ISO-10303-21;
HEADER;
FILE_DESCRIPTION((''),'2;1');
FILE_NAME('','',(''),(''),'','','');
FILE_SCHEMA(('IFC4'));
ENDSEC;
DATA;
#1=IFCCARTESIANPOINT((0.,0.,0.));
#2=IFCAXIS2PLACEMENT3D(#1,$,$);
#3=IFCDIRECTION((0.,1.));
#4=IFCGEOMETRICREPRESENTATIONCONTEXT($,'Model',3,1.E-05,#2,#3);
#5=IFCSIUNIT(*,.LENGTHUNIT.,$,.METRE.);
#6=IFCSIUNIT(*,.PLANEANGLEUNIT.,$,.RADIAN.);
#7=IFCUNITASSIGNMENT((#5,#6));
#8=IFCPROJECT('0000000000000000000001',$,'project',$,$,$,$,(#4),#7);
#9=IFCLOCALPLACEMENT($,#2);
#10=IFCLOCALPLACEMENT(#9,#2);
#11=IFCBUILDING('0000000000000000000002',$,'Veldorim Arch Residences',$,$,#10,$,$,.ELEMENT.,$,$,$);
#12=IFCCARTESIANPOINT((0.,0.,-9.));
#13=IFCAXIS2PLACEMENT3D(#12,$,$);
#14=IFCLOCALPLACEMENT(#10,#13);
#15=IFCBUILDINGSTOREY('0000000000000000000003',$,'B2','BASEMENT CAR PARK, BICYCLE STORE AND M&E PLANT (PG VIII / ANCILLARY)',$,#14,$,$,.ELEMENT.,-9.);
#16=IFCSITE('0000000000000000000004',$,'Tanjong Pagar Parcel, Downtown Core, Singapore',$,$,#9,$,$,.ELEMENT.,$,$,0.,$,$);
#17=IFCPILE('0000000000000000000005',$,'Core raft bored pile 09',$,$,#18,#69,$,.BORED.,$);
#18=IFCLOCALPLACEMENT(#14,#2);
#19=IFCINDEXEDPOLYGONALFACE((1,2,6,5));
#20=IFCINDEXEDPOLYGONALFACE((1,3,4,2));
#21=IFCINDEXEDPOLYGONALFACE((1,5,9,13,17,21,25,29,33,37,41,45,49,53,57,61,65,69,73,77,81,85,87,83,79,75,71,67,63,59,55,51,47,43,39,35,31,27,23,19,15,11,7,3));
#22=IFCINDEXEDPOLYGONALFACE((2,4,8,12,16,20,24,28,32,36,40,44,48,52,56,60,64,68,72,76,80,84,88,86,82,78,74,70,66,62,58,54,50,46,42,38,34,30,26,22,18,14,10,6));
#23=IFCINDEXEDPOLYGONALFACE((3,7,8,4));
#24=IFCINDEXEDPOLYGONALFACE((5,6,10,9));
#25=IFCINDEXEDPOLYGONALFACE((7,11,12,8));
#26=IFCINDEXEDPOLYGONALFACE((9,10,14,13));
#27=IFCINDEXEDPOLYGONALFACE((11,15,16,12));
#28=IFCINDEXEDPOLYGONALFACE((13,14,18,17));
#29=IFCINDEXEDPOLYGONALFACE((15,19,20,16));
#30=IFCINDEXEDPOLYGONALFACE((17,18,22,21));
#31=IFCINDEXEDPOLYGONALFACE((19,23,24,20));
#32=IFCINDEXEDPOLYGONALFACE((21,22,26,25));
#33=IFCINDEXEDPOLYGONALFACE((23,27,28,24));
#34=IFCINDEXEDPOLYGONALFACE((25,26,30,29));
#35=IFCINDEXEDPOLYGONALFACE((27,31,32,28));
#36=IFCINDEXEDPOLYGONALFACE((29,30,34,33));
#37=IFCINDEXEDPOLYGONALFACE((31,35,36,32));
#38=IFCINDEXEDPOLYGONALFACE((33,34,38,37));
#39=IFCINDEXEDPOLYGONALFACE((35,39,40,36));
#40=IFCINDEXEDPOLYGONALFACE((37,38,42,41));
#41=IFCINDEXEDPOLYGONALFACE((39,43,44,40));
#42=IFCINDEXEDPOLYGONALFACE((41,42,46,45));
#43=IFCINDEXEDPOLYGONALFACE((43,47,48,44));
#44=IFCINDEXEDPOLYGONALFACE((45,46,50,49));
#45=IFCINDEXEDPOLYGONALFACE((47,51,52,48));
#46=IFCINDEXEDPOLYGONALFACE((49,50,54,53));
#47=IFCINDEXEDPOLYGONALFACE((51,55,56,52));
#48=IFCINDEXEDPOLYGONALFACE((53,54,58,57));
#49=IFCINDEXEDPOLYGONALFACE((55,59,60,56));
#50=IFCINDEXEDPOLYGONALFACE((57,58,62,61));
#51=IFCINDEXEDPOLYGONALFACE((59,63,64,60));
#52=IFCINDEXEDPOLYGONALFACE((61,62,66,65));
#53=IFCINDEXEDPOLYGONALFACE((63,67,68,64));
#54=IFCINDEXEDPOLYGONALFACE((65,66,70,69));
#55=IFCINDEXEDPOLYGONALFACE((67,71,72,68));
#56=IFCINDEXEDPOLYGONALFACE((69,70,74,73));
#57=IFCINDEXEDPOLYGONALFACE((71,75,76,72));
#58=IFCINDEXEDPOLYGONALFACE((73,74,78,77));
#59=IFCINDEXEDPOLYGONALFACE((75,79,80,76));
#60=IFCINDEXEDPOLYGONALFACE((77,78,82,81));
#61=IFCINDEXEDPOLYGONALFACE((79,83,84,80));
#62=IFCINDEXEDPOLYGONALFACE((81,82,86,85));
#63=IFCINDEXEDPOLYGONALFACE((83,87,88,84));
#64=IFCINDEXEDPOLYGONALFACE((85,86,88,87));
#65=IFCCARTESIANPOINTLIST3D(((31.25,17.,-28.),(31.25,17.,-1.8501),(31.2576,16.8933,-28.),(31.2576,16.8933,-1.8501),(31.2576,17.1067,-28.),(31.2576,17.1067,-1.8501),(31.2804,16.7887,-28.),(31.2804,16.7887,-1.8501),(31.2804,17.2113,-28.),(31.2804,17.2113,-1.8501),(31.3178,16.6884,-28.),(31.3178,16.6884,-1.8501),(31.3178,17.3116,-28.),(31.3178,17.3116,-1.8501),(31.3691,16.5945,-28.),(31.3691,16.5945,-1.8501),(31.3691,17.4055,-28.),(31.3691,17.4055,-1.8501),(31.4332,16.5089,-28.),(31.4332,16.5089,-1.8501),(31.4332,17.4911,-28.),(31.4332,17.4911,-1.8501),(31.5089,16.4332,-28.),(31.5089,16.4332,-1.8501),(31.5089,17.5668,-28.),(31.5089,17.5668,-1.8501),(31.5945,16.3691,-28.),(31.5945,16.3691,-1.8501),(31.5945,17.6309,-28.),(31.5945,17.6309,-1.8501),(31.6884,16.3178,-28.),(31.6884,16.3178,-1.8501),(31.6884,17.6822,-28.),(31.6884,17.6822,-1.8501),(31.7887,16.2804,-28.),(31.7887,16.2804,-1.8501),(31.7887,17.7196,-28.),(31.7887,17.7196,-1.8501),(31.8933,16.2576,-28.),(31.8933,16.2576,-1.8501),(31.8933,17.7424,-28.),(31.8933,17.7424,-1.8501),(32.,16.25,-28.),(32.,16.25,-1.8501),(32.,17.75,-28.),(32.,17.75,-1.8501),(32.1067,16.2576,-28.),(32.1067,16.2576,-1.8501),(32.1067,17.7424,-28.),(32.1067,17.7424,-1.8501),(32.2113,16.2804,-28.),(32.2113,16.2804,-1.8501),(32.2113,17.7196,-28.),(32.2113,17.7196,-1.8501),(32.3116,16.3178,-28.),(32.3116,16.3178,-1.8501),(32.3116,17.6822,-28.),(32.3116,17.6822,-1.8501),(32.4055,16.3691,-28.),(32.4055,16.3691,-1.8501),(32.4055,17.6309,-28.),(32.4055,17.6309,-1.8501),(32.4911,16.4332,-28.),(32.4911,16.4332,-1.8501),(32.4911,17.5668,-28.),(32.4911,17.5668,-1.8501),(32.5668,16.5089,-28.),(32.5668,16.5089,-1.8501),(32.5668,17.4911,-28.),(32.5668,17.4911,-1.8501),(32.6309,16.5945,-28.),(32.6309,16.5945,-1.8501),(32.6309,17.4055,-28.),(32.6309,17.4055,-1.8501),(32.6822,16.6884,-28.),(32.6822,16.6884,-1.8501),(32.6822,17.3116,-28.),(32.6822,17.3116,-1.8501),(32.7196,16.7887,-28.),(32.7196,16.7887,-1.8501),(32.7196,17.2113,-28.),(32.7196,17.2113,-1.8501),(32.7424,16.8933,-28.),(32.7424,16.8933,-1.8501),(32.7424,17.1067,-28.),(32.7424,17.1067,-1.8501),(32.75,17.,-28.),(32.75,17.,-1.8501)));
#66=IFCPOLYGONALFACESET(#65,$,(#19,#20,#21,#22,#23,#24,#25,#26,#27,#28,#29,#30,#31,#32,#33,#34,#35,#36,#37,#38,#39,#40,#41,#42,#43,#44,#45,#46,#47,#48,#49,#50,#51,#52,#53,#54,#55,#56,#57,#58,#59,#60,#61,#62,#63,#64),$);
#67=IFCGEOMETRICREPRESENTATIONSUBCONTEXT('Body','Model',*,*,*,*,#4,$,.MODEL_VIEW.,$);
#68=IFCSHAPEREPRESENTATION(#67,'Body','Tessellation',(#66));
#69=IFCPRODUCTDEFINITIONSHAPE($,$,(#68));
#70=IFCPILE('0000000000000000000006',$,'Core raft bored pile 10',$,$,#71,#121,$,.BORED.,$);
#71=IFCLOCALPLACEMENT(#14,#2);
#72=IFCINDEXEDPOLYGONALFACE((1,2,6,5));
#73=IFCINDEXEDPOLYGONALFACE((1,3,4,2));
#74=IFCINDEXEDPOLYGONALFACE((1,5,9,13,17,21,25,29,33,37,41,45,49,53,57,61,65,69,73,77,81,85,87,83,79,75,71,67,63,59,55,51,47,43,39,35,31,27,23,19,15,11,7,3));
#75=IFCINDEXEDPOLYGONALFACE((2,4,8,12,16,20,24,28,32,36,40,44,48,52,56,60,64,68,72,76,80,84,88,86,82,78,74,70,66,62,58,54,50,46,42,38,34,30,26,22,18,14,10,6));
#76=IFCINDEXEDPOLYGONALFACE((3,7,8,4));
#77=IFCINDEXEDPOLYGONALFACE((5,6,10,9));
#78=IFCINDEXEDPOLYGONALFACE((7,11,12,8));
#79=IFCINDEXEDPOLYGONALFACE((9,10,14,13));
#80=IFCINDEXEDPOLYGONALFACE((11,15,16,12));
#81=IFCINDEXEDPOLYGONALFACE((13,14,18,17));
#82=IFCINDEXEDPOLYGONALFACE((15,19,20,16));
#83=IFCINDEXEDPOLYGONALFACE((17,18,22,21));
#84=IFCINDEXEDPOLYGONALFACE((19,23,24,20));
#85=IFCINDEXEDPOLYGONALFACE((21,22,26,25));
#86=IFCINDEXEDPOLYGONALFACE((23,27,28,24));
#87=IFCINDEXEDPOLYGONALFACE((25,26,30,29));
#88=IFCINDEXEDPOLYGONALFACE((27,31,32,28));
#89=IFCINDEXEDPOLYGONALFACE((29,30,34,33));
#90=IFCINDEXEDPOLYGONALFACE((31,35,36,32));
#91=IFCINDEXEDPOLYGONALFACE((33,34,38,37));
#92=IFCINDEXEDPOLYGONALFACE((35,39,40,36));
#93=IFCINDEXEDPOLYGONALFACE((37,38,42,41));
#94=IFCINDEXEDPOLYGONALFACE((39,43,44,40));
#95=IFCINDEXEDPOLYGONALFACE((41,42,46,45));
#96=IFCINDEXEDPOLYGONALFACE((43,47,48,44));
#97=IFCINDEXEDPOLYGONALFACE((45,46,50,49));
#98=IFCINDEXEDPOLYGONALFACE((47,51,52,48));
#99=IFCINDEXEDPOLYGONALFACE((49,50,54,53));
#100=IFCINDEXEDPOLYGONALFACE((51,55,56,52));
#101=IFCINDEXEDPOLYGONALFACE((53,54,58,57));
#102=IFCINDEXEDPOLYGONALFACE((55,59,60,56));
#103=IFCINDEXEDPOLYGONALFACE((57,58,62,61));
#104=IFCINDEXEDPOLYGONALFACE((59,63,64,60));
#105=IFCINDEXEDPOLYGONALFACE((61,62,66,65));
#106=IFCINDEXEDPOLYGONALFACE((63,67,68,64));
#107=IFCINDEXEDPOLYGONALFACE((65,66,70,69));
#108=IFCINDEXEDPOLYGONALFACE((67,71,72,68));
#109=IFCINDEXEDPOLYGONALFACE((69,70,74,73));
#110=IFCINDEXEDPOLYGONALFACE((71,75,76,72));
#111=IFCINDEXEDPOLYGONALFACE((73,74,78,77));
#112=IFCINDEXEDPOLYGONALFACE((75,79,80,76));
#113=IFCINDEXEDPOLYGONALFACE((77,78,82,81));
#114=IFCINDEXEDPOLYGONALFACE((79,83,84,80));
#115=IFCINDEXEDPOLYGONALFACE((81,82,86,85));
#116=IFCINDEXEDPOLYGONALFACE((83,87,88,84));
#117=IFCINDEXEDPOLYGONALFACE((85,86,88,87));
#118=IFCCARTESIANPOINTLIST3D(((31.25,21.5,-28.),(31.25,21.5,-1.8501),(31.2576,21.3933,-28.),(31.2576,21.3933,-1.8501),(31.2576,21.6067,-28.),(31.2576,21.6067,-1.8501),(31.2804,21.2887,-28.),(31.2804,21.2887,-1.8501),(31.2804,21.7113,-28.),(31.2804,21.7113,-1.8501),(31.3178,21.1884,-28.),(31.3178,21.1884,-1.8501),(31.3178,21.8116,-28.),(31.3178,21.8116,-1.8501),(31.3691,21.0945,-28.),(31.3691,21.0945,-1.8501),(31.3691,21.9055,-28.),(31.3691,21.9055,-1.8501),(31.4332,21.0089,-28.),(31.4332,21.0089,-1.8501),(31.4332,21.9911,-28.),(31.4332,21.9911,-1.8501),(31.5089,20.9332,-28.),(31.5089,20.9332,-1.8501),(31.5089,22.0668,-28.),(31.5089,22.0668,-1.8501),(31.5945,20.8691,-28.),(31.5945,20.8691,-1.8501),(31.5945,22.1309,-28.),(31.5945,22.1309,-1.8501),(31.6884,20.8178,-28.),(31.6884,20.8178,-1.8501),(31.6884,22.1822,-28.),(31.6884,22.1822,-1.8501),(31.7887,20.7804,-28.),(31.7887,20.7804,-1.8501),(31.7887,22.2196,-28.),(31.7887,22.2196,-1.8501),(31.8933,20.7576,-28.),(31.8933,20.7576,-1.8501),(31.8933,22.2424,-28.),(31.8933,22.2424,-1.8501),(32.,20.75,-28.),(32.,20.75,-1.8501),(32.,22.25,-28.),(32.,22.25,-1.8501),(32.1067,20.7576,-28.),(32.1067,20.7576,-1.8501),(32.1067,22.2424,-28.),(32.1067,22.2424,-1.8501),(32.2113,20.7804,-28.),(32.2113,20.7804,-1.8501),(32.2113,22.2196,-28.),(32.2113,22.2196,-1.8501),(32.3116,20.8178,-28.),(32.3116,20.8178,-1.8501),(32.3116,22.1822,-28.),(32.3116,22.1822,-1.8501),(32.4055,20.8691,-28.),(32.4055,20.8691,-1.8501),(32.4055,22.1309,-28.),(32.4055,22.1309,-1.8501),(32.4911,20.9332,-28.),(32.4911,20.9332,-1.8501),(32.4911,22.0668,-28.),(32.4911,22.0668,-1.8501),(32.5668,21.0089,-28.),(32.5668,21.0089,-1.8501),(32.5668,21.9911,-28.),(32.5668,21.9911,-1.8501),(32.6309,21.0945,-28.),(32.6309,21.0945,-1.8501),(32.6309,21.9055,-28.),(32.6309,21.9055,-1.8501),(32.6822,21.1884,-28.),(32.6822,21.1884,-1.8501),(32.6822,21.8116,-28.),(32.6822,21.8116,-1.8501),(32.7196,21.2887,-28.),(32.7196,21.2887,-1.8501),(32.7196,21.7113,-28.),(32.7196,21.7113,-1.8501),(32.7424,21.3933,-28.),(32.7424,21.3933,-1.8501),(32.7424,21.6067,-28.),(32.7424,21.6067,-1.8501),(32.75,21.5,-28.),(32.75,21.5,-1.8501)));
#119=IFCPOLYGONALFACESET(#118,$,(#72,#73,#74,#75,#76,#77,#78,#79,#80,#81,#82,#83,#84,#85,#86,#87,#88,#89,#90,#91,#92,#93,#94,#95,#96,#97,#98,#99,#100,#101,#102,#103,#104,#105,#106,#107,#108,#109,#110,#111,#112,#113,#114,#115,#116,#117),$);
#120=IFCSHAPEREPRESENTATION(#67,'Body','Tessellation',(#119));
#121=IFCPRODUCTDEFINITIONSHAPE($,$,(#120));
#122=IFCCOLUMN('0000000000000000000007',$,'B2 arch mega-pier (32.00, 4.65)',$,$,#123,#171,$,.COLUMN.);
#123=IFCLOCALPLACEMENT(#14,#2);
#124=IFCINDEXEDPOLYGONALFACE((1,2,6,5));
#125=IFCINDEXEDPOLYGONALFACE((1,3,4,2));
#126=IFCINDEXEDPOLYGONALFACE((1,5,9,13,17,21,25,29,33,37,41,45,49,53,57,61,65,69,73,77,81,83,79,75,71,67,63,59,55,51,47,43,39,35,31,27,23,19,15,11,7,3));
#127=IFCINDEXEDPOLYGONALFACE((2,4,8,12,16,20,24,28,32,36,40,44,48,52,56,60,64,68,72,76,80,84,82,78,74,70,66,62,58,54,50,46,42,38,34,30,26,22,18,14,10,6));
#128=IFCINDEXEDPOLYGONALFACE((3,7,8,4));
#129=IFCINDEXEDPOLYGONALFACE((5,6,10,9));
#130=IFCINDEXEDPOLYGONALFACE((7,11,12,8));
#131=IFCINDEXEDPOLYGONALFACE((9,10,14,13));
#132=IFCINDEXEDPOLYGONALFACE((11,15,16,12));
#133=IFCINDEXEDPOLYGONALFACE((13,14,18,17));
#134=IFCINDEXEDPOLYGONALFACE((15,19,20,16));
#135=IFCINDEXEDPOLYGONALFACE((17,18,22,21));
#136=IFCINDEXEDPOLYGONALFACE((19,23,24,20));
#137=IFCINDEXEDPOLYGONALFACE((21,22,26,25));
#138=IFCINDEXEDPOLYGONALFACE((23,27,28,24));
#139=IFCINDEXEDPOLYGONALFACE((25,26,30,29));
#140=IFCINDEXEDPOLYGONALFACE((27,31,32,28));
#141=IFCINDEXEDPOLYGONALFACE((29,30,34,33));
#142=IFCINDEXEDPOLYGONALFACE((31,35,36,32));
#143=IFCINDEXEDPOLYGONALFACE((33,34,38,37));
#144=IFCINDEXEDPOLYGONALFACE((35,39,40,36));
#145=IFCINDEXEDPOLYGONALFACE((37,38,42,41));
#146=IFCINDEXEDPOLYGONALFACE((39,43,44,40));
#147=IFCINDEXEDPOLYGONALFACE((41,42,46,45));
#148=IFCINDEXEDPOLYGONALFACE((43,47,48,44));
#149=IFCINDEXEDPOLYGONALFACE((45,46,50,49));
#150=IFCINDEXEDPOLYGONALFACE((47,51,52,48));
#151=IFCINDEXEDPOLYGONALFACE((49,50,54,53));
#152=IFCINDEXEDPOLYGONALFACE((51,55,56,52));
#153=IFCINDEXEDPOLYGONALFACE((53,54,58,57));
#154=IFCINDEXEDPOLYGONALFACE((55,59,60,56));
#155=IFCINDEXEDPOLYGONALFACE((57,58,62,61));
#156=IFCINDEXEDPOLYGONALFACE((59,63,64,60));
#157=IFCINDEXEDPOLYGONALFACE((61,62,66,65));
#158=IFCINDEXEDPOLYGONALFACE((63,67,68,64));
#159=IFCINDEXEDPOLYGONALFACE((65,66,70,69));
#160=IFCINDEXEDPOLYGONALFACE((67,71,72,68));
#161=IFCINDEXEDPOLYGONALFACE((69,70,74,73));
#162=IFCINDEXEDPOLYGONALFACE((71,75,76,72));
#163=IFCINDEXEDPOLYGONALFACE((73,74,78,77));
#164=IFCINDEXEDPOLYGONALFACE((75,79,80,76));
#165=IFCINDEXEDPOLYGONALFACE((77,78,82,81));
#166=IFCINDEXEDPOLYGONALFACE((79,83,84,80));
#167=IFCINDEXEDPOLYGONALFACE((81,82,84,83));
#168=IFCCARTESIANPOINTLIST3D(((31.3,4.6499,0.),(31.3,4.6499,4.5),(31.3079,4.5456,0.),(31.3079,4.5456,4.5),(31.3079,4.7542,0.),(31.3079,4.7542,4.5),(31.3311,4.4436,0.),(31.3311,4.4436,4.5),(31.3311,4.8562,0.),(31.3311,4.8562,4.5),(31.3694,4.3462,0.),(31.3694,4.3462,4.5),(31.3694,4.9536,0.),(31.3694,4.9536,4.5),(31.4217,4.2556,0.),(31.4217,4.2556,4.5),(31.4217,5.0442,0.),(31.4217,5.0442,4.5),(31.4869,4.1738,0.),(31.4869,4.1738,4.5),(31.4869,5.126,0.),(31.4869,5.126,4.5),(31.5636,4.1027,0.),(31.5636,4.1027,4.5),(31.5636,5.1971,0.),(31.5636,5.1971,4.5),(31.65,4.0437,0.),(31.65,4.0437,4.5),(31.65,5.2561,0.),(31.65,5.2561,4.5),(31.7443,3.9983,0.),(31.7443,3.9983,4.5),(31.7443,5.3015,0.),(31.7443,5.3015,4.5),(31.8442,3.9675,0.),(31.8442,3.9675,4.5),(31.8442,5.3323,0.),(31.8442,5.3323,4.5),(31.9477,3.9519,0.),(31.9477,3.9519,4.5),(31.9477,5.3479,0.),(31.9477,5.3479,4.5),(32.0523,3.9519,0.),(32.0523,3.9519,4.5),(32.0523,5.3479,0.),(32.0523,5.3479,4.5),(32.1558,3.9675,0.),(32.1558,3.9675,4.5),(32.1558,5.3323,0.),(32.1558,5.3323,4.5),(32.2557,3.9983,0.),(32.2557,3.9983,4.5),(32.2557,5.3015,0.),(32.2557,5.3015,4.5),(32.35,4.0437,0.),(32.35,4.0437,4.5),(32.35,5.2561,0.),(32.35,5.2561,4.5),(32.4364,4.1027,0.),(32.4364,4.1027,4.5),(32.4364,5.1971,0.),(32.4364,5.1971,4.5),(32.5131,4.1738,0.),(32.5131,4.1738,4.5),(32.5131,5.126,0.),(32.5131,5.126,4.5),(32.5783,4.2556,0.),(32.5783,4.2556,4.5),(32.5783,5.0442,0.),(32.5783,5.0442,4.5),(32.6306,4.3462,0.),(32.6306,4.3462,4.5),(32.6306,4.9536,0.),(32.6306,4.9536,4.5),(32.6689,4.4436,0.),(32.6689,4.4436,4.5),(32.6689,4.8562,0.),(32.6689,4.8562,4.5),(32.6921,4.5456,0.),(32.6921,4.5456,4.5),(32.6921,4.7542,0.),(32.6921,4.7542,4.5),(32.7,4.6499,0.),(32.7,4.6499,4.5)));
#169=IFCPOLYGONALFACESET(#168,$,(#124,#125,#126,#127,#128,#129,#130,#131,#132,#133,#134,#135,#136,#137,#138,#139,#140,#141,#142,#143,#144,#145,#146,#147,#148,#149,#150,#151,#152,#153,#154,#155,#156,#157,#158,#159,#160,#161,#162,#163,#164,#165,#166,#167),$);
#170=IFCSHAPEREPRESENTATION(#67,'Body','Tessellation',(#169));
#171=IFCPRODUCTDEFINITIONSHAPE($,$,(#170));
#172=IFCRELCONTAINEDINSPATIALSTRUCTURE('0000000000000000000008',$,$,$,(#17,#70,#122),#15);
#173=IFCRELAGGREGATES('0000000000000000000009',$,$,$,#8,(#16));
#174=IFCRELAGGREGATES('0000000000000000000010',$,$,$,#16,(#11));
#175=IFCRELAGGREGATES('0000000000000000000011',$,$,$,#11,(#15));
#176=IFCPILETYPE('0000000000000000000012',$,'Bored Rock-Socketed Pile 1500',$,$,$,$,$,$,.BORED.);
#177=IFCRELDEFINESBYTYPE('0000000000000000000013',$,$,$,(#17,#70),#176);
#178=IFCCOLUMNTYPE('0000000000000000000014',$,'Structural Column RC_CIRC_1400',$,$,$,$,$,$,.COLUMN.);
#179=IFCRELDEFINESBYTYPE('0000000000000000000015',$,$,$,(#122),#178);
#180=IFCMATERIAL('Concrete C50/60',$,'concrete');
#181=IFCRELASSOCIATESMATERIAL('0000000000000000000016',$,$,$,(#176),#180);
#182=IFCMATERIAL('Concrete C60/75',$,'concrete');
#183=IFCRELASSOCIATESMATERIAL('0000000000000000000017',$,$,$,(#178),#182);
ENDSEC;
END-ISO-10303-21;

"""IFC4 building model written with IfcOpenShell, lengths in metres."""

from ifc_helpers import new_model, si_unit, direction, frame, origin, origin_2d, place, context, subcontext, project, spatial, circle, extrude, material, material_profile, profile_set, type_object, element, save


model = new_model("IFC4")

# Units and contexts
model_context = context("Model", 3, precision=1e-05, world=origin(), true_north=direction((0.0, 1.0)))
body_context = subcontext(model_context, "Body", "Model", "MODEL_VIEW")
ifc_project = project(units=[si_unit("LENGTHUNIT", "METRE"), si_unit("PLANEANGLEUNIT", "RADIAN")], contexts=[model_context])

# Site, building, storey
site_placement = place(None, origin())
site = spatial("IfcSite", under=ifc_project, at=site_placement, Name="Tanjong Pagar Parcel, Downtown Core, Singapore", CompositionType="ELEMENT", RefElevation=0.0)
building_placement = place(site_placement, origin())
building = spatial("IfcBuilding", under=site, at=building_placement, Name="Veldorim Arch Residences", CompositionType="ELEMENT")
storey_placement = place(building_placement, frame((0.0, 0.0, -9.0)))
storey = spatial("IfcBuildingStorey", under=building, at=storey_placement, Name="B2", Description="BASEMENT CAR PARK, BICYCLE STORE AND M&E PLANT (PG VIII / ANCILLARY)", CompositionType="ELEMENT", Elevation=-9.0)

# Piles
ifc_material_1 = material(Name="Concrete C50/60", Category="concrete")
ifc_material_profile_1 = material_profile(ifc_material_1, circle(Radius=0.75, at=origin_2d()), Name="PILE_1500")
ifc_profile_set_1 = profile_set([ifc_material_profile_1], Name="Concrete C50/60")
pile_type_1 = type_object("IfcPileType", Name="Bored Rock-Socketed Pile 1500", PredefinedType="BORED", material=ifc_profile_set_1)
for number, where, z_axis, x_axis, name in (
    (1, (32.0, 17.0, -1.8501), (0.0, 0.0, -1.0), (1.0, 0.0, 0.0), "Core raft bored pile 09"),
    (2, (32.0, 21.5, -1.8501), (0.0, 0.0, -1.0), (1.0, 0.0, 0.0), "Core raft bored pile 10"),
):
    element("IfcPile", number, at=place(storey_placement, frame(where, z_axis=z_axis, x_axis=x_axis)), inside=storey, type_object=pile_type_1, Name=name, PredefinedType="BORED", context=body_context, shape_type="SweptSolid", body=[
        extrude(circle(Radius=0.75, at=origin_2d()), origin(), (0.0, 0.0, 1.0), 26.1499),
    ])

# Column
ifc_material_2 = material(Name="Concrete C60/75", Category="concrete")
ifc_material_profile_2 = material_profile(ifc_material_2, circle(Radius=0.7, at=origin_2d()), Name="RC_CIRC_1400")
ifc_profile_set_2 = profile_set([ifc_material_profile_2], Name="Concrete C60/75")
column_type_1 = type_object("IfcColumnType", Name="Structural Column RC_CIRC_1400", PredefinedType="COLUMN", material=ifc_profile_set_2)
for number, where, z_axis, x_axis, name in (
    (3, (32.0, 4.6499, 0.0), (0.0, 0.0, 1.0), (1.0, 0.0, 0.0), "B2 arch mega-pier (32.00, 4.65)"),
):
    element("IfcColumn", number, at=place(storey_placement, frame(where, z_axis=z_axis, x_axis=x_axis)), inside=storey, type_object=column_type_1, Name=name, PredefinedType="COLUMN", context=body_context, shape_type="SweptSolid", body=[
        extrude(circle(Radius=0.7, at=origin_2d()), origin(), (0.0, 0.0, 1.0), 4.5),
    ])

save(model, "model.ifc")
